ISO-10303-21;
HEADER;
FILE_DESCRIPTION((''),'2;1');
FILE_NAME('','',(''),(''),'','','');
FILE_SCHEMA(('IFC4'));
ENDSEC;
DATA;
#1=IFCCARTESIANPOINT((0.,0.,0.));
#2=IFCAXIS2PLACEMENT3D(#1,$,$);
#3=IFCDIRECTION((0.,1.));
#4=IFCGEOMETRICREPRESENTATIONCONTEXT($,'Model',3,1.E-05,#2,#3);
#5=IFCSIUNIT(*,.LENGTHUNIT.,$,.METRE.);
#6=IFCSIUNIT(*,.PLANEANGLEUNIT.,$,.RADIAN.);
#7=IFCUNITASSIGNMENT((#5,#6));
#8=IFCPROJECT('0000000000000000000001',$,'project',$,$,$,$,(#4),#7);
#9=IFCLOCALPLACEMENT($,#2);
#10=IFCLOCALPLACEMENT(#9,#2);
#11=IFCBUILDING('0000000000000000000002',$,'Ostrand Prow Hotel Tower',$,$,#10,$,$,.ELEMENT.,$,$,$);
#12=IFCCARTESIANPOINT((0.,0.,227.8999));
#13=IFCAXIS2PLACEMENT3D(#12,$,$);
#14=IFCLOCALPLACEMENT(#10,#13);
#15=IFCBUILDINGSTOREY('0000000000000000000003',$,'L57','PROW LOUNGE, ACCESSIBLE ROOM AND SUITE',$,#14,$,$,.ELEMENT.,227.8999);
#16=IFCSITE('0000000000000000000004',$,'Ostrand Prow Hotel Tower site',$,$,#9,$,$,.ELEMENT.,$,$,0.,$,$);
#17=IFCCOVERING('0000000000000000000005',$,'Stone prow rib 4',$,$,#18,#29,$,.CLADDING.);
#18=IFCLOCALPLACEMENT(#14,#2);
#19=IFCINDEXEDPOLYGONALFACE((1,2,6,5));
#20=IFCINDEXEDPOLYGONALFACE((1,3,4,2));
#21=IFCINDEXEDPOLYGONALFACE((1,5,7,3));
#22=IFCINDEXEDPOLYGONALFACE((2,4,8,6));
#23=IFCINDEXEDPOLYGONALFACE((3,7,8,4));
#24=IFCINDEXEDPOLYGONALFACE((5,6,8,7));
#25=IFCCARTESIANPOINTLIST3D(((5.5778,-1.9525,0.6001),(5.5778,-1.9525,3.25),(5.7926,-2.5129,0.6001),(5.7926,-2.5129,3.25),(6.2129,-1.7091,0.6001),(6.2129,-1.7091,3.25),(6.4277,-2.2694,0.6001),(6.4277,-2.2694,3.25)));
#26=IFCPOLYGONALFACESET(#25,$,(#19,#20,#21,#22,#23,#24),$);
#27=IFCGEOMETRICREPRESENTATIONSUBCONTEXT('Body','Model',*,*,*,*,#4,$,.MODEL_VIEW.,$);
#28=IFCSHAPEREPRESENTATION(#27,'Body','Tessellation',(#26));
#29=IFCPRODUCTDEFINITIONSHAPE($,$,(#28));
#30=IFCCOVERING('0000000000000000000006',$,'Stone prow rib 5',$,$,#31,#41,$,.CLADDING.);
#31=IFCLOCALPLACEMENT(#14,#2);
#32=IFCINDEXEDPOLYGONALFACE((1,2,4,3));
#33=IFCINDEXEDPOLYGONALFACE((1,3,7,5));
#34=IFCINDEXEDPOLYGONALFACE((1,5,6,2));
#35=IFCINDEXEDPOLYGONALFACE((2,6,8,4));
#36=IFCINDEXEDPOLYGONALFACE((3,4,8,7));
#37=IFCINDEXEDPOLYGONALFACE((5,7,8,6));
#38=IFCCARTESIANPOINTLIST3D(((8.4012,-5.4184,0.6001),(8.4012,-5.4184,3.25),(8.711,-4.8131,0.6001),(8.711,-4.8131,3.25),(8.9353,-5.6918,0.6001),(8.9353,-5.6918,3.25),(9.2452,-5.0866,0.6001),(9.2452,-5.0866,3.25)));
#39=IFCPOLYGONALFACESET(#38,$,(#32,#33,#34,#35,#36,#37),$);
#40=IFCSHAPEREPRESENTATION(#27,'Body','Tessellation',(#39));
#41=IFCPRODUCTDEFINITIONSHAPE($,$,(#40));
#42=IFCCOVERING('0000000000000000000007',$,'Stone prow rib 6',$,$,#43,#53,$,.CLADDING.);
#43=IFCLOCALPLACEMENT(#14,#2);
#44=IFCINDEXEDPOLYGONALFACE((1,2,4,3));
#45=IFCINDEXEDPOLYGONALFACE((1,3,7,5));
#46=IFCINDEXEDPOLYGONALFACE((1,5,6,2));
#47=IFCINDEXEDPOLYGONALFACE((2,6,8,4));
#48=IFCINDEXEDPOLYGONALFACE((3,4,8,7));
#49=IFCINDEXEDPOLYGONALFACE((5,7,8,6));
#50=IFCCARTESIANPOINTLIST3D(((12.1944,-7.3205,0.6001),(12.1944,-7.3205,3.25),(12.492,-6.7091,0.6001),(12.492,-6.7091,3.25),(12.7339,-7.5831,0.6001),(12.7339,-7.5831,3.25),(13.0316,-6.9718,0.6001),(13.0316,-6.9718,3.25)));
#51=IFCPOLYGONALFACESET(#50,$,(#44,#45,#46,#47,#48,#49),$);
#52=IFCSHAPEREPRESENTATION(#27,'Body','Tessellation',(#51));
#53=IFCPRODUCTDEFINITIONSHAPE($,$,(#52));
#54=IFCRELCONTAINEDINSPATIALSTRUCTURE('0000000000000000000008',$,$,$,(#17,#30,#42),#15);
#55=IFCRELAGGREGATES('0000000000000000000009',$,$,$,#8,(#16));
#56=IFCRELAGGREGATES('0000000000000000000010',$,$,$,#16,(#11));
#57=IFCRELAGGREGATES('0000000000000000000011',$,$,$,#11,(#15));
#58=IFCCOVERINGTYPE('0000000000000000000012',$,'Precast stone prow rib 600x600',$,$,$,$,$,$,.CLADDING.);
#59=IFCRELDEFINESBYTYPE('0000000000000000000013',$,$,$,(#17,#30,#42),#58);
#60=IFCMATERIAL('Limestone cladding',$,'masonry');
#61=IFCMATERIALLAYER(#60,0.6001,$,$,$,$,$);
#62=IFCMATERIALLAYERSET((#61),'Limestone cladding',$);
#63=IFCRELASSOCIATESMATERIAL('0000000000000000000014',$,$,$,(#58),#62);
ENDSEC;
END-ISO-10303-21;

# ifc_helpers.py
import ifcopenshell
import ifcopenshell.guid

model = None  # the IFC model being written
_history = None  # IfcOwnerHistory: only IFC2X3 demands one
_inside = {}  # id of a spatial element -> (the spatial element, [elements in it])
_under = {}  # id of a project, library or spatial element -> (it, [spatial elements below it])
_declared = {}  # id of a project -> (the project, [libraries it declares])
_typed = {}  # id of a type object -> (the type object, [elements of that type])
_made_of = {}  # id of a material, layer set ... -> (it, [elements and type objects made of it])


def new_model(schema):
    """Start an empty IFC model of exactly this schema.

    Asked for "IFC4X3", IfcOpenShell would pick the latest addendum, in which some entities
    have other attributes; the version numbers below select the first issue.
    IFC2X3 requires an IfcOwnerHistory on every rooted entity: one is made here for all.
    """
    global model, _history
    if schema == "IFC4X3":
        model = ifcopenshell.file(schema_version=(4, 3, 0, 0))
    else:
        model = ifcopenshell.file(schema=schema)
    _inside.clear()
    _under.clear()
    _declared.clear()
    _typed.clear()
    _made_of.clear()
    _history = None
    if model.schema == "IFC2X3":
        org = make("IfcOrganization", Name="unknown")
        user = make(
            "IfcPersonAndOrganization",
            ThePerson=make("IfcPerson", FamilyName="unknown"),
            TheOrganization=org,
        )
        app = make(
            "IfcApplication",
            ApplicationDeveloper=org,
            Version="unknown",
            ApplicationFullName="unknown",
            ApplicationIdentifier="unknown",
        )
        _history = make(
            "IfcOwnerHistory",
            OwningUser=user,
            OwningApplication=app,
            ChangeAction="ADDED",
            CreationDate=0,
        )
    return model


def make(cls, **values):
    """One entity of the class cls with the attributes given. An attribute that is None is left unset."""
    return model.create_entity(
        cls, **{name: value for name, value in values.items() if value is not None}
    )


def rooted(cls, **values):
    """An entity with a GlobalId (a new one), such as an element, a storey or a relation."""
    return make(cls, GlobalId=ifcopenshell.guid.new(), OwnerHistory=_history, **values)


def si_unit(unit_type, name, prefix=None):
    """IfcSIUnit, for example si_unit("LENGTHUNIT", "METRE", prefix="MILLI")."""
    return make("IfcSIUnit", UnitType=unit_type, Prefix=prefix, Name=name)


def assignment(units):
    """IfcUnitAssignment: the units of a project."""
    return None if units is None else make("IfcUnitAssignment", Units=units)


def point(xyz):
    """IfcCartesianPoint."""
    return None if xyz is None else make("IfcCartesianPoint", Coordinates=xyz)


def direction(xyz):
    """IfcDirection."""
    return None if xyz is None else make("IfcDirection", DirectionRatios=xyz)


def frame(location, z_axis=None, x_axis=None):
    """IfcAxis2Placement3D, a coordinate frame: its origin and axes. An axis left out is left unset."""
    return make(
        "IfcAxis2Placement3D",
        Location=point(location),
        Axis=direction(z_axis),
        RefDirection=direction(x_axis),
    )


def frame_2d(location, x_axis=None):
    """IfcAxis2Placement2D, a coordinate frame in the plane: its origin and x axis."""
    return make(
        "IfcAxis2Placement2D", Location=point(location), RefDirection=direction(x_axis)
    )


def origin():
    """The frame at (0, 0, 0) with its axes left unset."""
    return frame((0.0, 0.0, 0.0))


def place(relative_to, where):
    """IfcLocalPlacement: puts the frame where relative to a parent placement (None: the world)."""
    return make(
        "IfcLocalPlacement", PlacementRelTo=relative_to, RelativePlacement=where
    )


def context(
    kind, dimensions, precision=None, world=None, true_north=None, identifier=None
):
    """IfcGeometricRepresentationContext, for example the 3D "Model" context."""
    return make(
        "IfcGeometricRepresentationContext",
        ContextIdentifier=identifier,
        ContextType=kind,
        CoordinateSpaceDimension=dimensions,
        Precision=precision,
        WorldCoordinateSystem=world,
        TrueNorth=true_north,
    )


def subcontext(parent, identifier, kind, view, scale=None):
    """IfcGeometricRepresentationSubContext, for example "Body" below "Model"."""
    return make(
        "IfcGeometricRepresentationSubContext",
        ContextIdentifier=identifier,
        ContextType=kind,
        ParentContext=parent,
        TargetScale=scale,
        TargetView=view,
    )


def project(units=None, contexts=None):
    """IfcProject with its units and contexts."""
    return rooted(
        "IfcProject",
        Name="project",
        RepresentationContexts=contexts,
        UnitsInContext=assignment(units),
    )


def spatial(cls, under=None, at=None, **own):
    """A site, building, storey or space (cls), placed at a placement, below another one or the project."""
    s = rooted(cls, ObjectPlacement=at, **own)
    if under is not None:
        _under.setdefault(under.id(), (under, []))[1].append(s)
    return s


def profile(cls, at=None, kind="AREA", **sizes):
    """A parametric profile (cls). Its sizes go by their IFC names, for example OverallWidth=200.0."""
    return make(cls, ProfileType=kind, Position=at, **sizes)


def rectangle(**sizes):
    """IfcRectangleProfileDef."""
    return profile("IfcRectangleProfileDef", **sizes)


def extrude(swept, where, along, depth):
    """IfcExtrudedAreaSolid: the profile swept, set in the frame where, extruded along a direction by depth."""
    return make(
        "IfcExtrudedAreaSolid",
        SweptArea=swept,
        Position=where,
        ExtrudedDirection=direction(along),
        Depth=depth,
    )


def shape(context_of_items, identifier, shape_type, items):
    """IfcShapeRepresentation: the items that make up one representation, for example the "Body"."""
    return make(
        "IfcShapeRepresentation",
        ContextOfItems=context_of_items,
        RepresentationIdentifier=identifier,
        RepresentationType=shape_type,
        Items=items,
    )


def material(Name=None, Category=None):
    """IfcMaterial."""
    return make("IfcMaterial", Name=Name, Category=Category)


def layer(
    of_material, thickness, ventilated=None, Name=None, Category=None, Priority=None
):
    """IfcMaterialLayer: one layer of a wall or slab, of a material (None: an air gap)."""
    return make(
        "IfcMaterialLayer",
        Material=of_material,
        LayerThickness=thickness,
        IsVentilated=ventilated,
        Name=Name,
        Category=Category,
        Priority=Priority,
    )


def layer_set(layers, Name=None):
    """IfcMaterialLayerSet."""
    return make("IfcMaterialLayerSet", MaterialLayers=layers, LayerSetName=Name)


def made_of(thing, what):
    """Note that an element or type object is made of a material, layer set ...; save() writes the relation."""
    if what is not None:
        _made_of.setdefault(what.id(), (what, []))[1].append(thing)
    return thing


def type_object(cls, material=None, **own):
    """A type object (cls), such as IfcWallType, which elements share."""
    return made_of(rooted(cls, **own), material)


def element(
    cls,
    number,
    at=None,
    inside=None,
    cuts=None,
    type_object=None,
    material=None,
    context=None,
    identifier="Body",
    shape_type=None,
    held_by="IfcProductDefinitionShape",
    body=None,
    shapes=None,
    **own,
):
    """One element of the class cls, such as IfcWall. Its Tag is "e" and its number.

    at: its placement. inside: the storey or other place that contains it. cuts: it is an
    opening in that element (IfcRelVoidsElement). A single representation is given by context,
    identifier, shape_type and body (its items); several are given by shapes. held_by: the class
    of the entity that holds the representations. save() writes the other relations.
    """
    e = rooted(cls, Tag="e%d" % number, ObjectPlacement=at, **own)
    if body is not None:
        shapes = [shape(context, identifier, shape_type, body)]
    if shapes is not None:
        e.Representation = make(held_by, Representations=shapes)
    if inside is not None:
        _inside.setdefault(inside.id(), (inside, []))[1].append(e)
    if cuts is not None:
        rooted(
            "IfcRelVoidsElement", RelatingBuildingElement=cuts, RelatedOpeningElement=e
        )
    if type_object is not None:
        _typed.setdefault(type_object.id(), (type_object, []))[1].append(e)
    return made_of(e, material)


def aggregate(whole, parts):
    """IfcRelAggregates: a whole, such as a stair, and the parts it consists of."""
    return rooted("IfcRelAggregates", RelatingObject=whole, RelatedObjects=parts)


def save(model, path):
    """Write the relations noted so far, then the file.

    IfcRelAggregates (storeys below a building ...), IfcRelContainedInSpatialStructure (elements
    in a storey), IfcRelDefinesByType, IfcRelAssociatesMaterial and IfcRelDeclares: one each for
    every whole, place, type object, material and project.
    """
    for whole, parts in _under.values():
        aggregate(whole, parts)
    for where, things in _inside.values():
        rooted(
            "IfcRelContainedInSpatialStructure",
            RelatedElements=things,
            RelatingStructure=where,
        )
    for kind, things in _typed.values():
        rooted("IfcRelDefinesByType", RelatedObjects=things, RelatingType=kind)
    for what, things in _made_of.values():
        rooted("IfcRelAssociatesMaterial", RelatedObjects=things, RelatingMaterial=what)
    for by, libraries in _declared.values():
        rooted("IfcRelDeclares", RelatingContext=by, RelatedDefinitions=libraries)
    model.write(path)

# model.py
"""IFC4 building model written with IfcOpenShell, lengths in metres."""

from ifc_helpers import new_model, si_unit, direction, frame, frame_2d, origin, place, context, subcontext, project, spatial, rectangle, extrude, material, layer, layer_set, type_object, element, save


model = new_model("IFC4")

# Units and contexts
model_context = context("Model", 3, precision=1e-05, world=origin(), true_north=direction((0.0, 1.0)))
body_context = subcontext(model_context, "Body", "Model", "MODEL_VIEW")
ifc_project = project(units=[si_unit("LENGTHUNIT", "METRE"), si_unit("PLANEANGLEUNIT", "RADIAN")], contexts=[model_context])

# Site, building, storey
site_placement = place(None, origin())
site = spatial("IfcSite", under=ifc_project, at=site_placement, Name="Ostrand Prow Hotel Tower site", CompositionType="ELEMENT", RefElevation=0.0)
building_placement = place(site_placement, origin())
building = spatial("IfcBuilding", under=site, at=building_placement, Name="Ostrand Prow Hotel Tower", CompositionType="ELEMENT")
storey_placement = place(building_placement, frame((0.0, 0.0, 227.8999)))
storey = spatial("IfcBuildingStorey", under=building, at=storey_placement, Name="L57", Description="PROW LOUNGE, ACCESSIBLE ROOM AND SUITE", CompositionType="ELEMENT", Elevation=227.8999)

# Coverings
ifc_material_1 = material(Name="Limestone cladding", Category="masonry")
ifc_layer_1 = layer(ifc_material_1, 0.6001)
ifc_layer_set_1 = layer_set([ifc_layer_1], Name="Limestone cladding")
covering_type_1 = type_object("IfcCoveringType", Name="Precast stone prow rib 600x600", PredefinedType="CLADDING", material=ifc_layer_set_1)
covering_1_placement = place(storey_placement, frame((6.3203, -1.9893, 0.6001), z_axis=(0.0, 0.0, 1.0), x_axis=(-0.933752, -0.35792, 0.0)))
element("IfcCovering", 1, at=covering_1_placement, inside=storey, type_object=covering_type_1, Name="Stone prow rib 4", PredefinedType="CLADDING", context=body_context, shape_type="SweptSolid", body=[
    extrude(rectangle(XDim=0.6802, YDim=0.6001, at=frame_2d((0.3401, 0.0))), origin(), (0.0, 0.0, 1.0), 2.6499),
])
for number, where, z_axis, x_axis, name in (
    (2, (8.978, -4.95, 0.6001), (0.0, 0.0, 1.0), (-0.455668, -0.89015, 0.0), "Stone prow rib 5"),
    (3, (12.7617, -6.8406, 0.6001), (0.0, 0.0, 1.0), (-0.437709, -0.899117, 0.0), "Stone prow rib 6"),
):
    element("IfcCovering", number, at=place(storey_placement, frame(where, z_axis=z_axis, x_axis=x_axis)), inside=storey, type_object=covering_type_1, Name=name, PredefinedType="CLADDING", context=body_context, shape_type="SweptSolid", body=[
        extrude(rectangle(XDim=0.6799, YDim=0.6001, at=frame_2d((0.3398, 0.0))), origin(), (0.0, 0.0, 1.0), 2.6499),
    ])

save(model, "model.ifc")
